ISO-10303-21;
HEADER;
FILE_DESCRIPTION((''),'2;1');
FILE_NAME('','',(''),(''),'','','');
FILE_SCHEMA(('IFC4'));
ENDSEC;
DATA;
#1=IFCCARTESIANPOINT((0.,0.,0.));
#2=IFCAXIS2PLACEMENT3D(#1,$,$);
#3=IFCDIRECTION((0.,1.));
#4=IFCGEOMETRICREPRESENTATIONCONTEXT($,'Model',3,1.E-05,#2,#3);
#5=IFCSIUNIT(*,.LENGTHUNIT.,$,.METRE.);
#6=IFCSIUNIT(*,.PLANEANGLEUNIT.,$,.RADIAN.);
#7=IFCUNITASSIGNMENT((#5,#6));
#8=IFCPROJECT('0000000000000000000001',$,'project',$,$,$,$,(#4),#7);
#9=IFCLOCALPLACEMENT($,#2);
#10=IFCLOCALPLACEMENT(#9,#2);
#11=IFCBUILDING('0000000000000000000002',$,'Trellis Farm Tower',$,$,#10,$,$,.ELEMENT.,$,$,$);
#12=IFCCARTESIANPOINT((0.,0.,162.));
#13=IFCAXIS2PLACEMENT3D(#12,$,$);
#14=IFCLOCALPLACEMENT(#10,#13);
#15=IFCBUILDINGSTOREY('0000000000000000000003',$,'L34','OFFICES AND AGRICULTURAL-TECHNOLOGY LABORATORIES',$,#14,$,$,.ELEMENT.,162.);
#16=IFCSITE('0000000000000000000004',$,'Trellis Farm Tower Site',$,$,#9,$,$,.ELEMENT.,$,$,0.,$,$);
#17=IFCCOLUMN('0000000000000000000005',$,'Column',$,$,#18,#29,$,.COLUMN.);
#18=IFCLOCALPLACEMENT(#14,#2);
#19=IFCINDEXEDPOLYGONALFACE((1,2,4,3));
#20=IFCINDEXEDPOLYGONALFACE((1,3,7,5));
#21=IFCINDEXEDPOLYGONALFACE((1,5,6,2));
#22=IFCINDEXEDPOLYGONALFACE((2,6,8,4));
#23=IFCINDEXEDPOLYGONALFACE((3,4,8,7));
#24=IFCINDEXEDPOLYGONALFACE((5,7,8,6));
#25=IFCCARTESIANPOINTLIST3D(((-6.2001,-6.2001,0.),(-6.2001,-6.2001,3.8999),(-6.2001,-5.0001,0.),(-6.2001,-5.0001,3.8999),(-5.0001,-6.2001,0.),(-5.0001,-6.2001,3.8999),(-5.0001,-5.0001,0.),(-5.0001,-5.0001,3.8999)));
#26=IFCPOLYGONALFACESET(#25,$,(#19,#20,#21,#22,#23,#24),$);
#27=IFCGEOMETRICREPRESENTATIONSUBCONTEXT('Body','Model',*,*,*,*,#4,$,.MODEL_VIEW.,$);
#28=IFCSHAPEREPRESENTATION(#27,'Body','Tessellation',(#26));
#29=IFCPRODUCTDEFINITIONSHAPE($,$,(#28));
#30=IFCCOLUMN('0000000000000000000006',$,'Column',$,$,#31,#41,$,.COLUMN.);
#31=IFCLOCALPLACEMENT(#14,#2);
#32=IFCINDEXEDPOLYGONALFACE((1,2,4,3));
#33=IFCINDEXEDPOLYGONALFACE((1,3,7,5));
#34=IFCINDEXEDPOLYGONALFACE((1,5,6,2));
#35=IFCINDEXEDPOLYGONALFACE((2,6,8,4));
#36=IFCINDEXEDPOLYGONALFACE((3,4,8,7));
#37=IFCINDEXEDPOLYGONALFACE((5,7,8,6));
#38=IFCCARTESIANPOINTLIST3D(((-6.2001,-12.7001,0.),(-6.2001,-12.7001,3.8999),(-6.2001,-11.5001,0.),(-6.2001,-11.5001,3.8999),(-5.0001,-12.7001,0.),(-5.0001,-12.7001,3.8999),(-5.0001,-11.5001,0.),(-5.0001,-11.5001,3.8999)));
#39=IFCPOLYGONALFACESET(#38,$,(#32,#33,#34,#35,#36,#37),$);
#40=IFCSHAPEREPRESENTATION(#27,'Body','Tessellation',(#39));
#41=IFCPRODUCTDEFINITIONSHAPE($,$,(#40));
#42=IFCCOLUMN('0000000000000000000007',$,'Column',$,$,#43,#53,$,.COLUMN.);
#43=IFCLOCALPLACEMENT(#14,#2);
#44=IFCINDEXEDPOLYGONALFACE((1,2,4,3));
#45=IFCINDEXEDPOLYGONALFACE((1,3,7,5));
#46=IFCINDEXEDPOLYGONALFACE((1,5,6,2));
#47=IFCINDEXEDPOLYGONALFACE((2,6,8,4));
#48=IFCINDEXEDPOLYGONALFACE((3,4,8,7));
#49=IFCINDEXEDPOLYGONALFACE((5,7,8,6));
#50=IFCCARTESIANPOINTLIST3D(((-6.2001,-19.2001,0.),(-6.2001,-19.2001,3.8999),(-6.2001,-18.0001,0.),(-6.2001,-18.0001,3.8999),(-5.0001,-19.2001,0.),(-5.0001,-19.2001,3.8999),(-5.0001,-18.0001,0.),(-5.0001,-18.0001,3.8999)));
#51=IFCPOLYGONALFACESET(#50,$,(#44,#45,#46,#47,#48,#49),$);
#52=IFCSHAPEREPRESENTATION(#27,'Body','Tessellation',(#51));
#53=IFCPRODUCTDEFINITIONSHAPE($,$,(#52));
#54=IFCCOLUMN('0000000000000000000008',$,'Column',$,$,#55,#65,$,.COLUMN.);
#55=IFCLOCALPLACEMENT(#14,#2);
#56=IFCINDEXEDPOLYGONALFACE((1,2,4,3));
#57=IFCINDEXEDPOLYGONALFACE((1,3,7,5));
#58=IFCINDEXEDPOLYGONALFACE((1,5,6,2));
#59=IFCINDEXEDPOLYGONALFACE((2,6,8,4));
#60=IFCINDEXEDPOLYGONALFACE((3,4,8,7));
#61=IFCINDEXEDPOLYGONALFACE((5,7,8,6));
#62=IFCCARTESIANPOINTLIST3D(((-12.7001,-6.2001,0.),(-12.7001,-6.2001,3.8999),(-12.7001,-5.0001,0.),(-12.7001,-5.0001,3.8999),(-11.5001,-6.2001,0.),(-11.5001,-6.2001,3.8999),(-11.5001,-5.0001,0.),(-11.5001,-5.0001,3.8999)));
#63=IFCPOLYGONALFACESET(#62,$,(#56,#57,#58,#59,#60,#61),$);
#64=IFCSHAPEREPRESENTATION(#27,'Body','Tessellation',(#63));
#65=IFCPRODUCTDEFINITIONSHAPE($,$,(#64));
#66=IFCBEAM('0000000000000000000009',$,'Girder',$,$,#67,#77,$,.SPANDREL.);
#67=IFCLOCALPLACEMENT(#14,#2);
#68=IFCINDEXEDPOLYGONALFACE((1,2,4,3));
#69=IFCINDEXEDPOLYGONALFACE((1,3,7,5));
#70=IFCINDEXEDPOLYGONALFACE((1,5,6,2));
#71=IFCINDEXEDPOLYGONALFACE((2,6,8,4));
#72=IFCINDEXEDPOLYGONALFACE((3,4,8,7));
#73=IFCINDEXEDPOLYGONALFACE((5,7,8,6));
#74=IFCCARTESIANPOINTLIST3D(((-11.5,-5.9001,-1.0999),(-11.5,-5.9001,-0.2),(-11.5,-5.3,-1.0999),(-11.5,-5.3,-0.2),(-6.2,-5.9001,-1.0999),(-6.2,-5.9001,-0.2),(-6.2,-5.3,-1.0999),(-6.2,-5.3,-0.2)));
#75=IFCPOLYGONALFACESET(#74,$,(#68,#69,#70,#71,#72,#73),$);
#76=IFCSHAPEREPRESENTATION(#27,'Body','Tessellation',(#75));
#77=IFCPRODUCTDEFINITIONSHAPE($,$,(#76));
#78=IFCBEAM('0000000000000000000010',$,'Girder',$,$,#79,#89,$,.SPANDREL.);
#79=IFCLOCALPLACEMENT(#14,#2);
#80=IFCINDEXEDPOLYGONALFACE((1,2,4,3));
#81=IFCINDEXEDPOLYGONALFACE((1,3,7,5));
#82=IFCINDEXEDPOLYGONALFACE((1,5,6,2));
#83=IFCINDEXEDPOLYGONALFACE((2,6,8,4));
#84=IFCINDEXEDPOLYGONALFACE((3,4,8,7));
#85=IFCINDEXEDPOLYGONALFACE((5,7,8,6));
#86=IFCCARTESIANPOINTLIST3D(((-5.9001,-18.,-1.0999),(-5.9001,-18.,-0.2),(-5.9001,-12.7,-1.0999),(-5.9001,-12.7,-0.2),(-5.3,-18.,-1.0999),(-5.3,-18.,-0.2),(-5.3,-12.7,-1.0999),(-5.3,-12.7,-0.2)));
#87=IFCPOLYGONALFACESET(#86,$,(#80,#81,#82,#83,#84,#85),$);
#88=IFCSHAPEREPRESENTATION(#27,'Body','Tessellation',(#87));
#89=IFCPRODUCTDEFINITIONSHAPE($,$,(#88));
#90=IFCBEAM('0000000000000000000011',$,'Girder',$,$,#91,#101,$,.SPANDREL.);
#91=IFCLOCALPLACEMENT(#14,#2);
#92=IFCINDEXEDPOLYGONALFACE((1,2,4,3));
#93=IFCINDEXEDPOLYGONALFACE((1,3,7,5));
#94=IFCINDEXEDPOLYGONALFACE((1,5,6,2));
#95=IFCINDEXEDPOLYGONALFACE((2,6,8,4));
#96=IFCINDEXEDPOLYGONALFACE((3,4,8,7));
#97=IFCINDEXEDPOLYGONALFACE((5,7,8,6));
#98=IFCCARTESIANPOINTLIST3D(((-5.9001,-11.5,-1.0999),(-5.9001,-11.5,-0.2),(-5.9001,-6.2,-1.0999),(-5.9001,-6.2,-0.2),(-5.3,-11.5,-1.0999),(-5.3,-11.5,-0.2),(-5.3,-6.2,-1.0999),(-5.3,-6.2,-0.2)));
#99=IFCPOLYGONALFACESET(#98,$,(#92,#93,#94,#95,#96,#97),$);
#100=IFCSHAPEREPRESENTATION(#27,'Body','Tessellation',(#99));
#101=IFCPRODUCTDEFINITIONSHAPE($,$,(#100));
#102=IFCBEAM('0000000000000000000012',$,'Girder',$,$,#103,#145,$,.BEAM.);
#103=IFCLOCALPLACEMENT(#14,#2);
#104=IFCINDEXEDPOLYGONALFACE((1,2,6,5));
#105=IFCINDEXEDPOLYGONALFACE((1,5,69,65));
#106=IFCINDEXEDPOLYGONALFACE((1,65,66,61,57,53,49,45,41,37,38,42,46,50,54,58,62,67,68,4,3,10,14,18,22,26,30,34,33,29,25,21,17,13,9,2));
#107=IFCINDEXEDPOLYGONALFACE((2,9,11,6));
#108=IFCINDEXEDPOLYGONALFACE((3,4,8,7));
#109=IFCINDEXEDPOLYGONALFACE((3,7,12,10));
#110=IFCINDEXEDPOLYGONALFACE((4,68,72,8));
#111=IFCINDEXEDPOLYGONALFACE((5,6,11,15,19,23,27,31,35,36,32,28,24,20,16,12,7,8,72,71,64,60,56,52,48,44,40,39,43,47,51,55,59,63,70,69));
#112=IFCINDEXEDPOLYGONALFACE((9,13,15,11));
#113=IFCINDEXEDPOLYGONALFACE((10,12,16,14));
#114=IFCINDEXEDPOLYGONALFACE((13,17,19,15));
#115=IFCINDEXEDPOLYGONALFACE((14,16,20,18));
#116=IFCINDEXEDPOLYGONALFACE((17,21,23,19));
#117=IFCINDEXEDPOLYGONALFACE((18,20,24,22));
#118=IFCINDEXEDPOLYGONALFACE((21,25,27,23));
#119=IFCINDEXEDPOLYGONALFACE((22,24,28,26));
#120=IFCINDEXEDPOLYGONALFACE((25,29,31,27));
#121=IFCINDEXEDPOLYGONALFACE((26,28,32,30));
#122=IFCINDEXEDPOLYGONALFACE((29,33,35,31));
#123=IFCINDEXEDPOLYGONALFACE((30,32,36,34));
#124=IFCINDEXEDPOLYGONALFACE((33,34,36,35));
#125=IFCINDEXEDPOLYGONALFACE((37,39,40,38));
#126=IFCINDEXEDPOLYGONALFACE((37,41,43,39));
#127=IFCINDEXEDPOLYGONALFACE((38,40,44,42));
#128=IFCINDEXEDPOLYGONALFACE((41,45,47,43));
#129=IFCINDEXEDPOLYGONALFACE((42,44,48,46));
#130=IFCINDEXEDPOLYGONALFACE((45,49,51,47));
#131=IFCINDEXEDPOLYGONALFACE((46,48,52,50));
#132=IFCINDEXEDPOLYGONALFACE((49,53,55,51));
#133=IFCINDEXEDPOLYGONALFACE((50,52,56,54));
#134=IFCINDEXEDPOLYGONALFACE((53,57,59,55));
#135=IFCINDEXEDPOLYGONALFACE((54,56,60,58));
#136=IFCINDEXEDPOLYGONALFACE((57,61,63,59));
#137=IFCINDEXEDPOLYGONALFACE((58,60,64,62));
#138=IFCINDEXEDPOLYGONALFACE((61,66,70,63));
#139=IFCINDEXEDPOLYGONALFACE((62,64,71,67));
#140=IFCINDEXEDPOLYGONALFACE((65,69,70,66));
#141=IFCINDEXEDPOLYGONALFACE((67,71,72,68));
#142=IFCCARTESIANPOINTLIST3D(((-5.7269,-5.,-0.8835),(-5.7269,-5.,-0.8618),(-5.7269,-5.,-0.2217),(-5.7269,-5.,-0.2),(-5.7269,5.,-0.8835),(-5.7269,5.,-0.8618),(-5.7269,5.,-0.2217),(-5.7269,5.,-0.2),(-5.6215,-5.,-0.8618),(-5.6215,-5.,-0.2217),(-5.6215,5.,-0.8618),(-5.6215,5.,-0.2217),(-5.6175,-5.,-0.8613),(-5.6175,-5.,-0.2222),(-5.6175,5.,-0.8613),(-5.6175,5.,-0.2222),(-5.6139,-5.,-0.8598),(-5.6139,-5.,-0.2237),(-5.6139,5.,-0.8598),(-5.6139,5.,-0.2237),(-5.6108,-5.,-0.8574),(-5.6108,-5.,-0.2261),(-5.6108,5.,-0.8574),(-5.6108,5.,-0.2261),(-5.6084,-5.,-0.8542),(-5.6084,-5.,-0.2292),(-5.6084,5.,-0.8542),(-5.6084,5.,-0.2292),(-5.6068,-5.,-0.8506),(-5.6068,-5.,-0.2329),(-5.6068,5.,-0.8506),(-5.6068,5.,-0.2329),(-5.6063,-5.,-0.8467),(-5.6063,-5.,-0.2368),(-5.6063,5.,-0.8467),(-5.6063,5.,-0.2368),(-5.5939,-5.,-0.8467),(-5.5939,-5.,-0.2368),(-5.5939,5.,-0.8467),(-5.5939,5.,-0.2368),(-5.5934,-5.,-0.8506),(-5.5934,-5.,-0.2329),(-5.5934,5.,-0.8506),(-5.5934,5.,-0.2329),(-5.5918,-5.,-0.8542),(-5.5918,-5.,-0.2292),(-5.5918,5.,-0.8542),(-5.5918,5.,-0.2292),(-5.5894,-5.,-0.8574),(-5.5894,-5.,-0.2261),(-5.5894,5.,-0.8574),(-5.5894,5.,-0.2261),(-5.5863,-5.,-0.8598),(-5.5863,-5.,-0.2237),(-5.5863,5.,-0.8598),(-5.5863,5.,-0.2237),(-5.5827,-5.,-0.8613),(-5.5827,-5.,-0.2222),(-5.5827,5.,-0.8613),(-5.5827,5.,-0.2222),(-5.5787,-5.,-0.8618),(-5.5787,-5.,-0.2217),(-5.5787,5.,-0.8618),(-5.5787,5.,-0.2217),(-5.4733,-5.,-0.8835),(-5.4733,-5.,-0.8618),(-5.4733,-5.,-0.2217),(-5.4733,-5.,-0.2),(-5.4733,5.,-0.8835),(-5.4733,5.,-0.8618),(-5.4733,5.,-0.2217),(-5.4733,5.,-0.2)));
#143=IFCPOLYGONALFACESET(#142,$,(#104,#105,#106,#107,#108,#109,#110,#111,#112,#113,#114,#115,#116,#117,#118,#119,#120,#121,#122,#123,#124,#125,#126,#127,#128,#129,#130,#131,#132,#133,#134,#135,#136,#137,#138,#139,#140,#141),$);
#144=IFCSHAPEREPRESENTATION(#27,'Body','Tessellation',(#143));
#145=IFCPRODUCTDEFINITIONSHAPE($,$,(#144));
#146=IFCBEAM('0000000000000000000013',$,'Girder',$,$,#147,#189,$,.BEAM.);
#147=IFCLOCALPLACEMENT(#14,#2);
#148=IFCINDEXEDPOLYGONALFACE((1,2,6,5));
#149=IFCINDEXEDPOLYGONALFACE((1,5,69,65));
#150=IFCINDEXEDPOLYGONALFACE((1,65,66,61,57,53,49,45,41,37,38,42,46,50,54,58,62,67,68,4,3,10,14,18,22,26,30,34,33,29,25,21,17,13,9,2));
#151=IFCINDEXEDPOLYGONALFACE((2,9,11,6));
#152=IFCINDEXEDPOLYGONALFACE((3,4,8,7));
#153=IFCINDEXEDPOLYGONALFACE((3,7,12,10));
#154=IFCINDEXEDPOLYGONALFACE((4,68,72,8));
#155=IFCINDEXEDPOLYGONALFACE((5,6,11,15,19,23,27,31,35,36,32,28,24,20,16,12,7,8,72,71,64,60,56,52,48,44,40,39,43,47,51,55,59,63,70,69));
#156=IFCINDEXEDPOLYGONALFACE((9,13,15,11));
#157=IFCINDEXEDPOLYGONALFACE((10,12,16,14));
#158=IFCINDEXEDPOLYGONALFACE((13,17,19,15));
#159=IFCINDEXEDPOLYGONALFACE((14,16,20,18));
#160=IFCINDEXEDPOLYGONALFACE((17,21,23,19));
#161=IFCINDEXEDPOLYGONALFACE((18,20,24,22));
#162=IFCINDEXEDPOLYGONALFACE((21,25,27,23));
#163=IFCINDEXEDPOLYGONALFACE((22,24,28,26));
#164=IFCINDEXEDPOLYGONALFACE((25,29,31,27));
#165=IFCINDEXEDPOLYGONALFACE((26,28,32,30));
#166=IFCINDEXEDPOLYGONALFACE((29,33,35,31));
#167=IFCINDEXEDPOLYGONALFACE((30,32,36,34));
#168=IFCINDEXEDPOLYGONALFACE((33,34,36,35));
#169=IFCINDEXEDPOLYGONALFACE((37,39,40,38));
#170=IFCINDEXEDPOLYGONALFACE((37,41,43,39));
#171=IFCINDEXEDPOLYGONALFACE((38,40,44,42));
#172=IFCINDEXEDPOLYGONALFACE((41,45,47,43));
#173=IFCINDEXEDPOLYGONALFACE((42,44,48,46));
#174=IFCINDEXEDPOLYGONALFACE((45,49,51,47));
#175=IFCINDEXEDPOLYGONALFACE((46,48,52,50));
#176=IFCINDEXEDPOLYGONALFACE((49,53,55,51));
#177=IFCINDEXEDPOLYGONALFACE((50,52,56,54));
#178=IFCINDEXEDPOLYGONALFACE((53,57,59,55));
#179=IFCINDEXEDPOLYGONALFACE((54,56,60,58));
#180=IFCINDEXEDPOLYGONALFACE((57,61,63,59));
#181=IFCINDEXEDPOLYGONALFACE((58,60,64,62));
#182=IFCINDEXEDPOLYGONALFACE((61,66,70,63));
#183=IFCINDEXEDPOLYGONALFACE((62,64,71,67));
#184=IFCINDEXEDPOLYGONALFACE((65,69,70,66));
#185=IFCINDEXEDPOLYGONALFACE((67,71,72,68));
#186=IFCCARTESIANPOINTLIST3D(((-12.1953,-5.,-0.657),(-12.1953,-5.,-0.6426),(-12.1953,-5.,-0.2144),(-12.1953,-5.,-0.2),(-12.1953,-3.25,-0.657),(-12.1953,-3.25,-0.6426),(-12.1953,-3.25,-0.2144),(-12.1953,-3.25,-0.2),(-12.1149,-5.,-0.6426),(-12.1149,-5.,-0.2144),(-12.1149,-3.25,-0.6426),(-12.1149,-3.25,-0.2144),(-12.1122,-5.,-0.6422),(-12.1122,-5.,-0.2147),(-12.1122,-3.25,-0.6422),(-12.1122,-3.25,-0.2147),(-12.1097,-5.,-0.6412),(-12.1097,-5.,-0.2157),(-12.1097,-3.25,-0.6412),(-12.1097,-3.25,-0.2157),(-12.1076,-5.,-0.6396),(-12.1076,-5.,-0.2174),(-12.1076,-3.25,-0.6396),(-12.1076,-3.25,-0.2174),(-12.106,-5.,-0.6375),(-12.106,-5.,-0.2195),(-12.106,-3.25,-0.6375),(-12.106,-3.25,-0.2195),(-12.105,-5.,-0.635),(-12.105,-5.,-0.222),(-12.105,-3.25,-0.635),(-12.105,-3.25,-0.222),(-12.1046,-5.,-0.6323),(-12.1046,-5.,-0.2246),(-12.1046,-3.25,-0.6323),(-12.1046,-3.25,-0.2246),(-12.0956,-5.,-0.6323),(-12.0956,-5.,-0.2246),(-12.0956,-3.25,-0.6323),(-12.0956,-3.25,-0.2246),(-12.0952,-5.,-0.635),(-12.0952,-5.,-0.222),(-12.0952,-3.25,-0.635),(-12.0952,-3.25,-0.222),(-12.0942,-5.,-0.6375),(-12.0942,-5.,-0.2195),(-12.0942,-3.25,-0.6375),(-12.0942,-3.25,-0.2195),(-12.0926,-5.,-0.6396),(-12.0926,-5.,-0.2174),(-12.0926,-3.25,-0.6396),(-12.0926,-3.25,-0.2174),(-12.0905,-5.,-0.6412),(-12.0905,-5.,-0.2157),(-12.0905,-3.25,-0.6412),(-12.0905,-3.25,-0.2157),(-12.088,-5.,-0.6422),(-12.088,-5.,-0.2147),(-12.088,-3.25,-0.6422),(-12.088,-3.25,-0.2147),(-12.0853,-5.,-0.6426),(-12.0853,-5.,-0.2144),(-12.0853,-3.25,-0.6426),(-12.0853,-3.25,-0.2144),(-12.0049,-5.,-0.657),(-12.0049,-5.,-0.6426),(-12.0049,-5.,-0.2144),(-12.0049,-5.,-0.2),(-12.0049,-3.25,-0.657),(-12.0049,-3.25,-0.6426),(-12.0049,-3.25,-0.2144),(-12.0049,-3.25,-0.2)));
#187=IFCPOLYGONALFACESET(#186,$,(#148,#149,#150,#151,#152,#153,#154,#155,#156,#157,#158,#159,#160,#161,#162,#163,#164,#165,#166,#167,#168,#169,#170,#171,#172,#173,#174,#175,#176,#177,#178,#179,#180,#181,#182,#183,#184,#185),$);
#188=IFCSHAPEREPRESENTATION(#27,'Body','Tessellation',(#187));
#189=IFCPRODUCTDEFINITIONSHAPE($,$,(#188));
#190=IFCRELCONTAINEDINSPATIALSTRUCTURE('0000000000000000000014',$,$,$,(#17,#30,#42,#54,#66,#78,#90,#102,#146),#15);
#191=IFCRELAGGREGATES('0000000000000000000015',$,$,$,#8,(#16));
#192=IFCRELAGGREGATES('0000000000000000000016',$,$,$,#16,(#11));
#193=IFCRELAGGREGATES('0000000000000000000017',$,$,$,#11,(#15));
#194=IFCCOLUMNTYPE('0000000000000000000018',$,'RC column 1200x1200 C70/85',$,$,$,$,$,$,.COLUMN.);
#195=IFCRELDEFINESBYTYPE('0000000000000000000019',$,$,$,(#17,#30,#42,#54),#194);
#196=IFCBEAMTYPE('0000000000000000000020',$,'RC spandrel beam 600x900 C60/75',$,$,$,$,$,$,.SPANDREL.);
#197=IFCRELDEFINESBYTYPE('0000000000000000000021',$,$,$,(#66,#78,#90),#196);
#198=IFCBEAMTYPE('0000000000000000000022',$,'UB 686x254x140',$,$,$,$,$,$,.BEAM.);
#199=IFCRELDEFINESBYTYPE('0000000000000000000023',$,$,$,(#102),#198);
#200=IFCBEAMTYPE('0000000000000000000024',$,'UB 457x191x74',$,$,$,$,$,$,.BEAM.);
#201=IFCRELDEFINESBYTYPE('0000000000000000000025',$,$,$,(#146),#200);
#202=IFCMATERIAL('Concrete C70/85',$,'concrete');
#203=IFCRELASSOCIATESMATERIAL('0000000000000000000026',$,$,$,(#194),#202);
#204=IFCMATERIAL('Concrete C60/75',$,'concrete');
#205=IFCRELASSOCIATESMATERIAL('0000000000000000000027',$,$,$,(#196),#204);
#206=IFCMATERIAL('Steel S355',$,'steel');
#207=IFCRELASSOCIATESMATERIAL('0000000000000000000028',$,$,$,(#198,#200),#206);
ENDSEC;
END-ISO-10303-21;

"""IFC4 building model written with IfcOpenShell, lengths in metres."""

from ifc_helpers import new_model, si_unit, direction, frame, origin, origin_2d, place, context, subcontext, project, spatial, rectangle, i_section, extrude, source, transform, mapped, material, material_profile, profile_set, type_object, element, save


model = new_model("IFC4")

# Units and contexts
model_context = context("Model", 3, precision=1e-05, world=origin(), true_north=direction((0.0, 1.0)))
body_context = subcontext(model_context, "Body", "Model", "MODEL_VIEW")
ifc_project = project(units=[si_unit("LENGTHUNIT", "METRE"), si_unit("PLANEANGLEUNIT", "RADIAN")], contexts=[model_context])

# Site, building, storey
site_placement = place(None, origin())
site = spatial("IfcSite", under=ifc_project, at=site_placement, Name="Trellis Farm Tower Site", CompositionType="ELEMENT", RefElevation=0.0)
building_placement = place(site_placement, origin())
building = spatial("IfcBuilding", under=site, at=building_placement, Name="Trellis Farm Tower", CompositionType="ELEMENT")
storey_placement = place(building_placement, frame((0.0, 0.0, 162.0)))
storey = spatial("IfcBuildingStorey", under=building, at=storey_placement, Name="L34", Description="OFFICES AND AGRICULTURAL-TECHNOLOGY LABORATORIES", CompositionType="ELEMENT", Elevation=162.0)

# Columns
ifc_material_1 = material(Name="Concrete C70/85", Category="concrete")
ifc_material_profile_1 = material_profile(ifc_material_1, rectangle(XDim=1.2, YDim=1.2, at=origin_2d()), Name="RC column 1200x1200 C70/85")
ifc_profile_set_1 = profile_set([ifc_material_profile_1], Name="Concrete C70/85")
column_type = type_object("IfcColumnType", Name="RC column 1200x1200 C70/85", PredefinedType="COLUMN", material=ifc_profile_set_1)
shared_shape_1 = source(origin(), body_context, "Body", "SweptSolid", [
    extrude(rectangle(XDim=1.2, YDim=1.2, at=origin_2d()), origin(), (0.0, 0.0, 1.0), 3.8999),
])
for number, where, z_axis, x_axis, name in (
    (1, (-5.6001, -5.6001, 0.0), (0.0, 0.0, 1.0), (1.0, 0.0, 0.0), "Column"),
    (2, (-5.6001, -12.1001, 0.0), (0.0, 0.0, 1.0), (1.0, 0.0, 0.0), "Column"),
    (3, (-5.6001, -18.6001, 0.0), (0.0, 0.0, 1.0), (1.0, 0.0, 0.0), "Column"),
    (4, (-12.1001, -5.6001, 0.0), (0.0, 0.0, 1.0), (1.0, 0.0, 0.0), "Column"),
):
    element("IfcColumn", number, at=place(storey_placement, frame(where, z_axis=z_axis, x_axis=x_axis)), inside=storey, type_object=column_type, Name=name, PredefinedType="COLUMN", context=body_context, shape_type="MappedRepresentation", body=[
        mapped(shared_shape_1, transform((0.0, 0.0, 0.0))),
    ])

# Beams
ifc_material_2 = material(Name="Concrete C60/75", Category="concrete")
ifc_material_profile_2 = material_profile(ifc_material_2, rectangle(XDim=0.6001, YDim=0.8999, at=origin_2d()), Name="RC spandrel beam 600x900 C60/75")
ifc_profile_set_2 = profile_set([ifc_material_profile_2], Name="Concrete C60/75")
beam_type_1 = type_object("IfcBeamType", Name="RC spandrel beam 600x900 C60/75", PredefinedType="SPANDREL", material=ifc_profile_set_2)
shared_shape_2 = source(origin(), body_context, "Body", "SweptSolid", [
    extrude(rectangle(XDim=0.6001, YDim=0.8999, at=origin_2d()), origin(), (0.0, 0.0, 1.0), 5.3),
])
for number, where, z_axis, x_axis, name in (
    (5, (-11.5, -5.6001, -0.6499), (1.0, 0.0, 0.0), (0.0, 1.0, 0.0), "Girder"),
    (6, (-5.6001, -18.0, -0.6499), (0.0, 1.0, 0.0), (-1.0, 0.0, 0.0), "Girder"),
    (7, (-5.6001, -11.5, -0.6499), (0.0, 1.0, 0.0), (-1.0, 0.0, 0.0), "Girder"),
):
    element("IfcBeam", number, at=place(storey_placement, frame(where, z_axis=z_axis, x_axis=x_axis)), inside=storey, type_object=beam_type_1, Name=name, PredefinedType="SPANDREL", context=body_context, shape_type="MappedRepresentation", body=[
        mapped(shared_shape_2, transform((0.0, 0.0, 0.0))),
    ])
ifc_material_3 = material(Name="Steel S355", Category="steel")
ifc_material_profile_3 = material_profile(ifc_material_3, i_section(OverallWidth=0.2537, OverallDepth=0.6836, WebThickness=0.0125, FlangeThickness=0.0217, FilletRadius=0.0151, at=origin_2d()), Name="UB 686x254x140")
ifc_profile_set_3 = profile_set([ifc_material_profile_3], Name="Steel S355")
beam_type_2 = type_object("IfcBeamType", Name="UB 686x254x140", PredefinedType="BEAM", material=ifc_profile_set_3)
shared_shape_3 = source(origin(), body_context, "Body", "SweptSolid", [
    extrude(i_section(OverallWidth=0.2537, OverallDepth=0.6836, WebThickness=0.0125, FlangeThickness=0.0217, FilletRadius=0.0151, at=origin_2d()), origin(), (0.0, 0.0, 1.0), 10.0),
])
beam_1_placement = place(storey_placement, frame((-5.6001, -5.0, -0.5417), z_axis=(0.0, 1.0, 0.0), x_axis=(-1.0, 0.0, 0.0)))
element("IfcBeam", 8, at=beam_1_placement, inside=storey, type_object=beam_type_2, Name="Girder", PredefinedType="BEAM", context=body_context, shape_type="MappedRepresentation", body=[
    mapped(shared_shape_3, transform((0.0, 0.0, 0.0))),
])
ifc_material_profile_4 = material_profile(ifc_material_3, i_section(OverallWidth=0.1904, OverallDepth=0.457, WebThickness=0.009, FlangeThickness=0.0144, FilletRadius=0.0103, at=origin_2d()), Name="UB 457x191x74")
ifc_profile_set_4 = profile_set([ifc_material_profile_4], Name="Steel S355")
beam_type_3 = type_object("IfcBeamType", Name="UB 457x191x74", PredefinedType="BEAM", material=ifc_profile_set_4)
shared_shape_4 = source(origin(), body_context, "Body", "SweptSolid", [
    extrude(i_section(OverallWidth=0.1904, OverallDepth=0.457, WebThickness=0.009, FlangeThickness=0.0144, FilletRadius=0.0103, at=origin_2d()), origin(), (0.0, 0.0, 1.0), 1.75),
])
beam_2_placement = place(storey_placement, frame((-12.1001, -5.0, -0.4285), z_axis=(0.0, 1.0, 0.0), x_axis=(-1.0, 0.0, 0.0)))
element("IfcBeam", 9, at=beam_2_placement, inside=storey, type_object=beam_type_3, Name="Girder", PredefinedType="BEAM", context=body_context, shape_type="MappedRepresentation", body=[
    mapped(shared_shape_4, transform((0.0, 0.0, 0.0))),
])

save(model, "model.ifc")
